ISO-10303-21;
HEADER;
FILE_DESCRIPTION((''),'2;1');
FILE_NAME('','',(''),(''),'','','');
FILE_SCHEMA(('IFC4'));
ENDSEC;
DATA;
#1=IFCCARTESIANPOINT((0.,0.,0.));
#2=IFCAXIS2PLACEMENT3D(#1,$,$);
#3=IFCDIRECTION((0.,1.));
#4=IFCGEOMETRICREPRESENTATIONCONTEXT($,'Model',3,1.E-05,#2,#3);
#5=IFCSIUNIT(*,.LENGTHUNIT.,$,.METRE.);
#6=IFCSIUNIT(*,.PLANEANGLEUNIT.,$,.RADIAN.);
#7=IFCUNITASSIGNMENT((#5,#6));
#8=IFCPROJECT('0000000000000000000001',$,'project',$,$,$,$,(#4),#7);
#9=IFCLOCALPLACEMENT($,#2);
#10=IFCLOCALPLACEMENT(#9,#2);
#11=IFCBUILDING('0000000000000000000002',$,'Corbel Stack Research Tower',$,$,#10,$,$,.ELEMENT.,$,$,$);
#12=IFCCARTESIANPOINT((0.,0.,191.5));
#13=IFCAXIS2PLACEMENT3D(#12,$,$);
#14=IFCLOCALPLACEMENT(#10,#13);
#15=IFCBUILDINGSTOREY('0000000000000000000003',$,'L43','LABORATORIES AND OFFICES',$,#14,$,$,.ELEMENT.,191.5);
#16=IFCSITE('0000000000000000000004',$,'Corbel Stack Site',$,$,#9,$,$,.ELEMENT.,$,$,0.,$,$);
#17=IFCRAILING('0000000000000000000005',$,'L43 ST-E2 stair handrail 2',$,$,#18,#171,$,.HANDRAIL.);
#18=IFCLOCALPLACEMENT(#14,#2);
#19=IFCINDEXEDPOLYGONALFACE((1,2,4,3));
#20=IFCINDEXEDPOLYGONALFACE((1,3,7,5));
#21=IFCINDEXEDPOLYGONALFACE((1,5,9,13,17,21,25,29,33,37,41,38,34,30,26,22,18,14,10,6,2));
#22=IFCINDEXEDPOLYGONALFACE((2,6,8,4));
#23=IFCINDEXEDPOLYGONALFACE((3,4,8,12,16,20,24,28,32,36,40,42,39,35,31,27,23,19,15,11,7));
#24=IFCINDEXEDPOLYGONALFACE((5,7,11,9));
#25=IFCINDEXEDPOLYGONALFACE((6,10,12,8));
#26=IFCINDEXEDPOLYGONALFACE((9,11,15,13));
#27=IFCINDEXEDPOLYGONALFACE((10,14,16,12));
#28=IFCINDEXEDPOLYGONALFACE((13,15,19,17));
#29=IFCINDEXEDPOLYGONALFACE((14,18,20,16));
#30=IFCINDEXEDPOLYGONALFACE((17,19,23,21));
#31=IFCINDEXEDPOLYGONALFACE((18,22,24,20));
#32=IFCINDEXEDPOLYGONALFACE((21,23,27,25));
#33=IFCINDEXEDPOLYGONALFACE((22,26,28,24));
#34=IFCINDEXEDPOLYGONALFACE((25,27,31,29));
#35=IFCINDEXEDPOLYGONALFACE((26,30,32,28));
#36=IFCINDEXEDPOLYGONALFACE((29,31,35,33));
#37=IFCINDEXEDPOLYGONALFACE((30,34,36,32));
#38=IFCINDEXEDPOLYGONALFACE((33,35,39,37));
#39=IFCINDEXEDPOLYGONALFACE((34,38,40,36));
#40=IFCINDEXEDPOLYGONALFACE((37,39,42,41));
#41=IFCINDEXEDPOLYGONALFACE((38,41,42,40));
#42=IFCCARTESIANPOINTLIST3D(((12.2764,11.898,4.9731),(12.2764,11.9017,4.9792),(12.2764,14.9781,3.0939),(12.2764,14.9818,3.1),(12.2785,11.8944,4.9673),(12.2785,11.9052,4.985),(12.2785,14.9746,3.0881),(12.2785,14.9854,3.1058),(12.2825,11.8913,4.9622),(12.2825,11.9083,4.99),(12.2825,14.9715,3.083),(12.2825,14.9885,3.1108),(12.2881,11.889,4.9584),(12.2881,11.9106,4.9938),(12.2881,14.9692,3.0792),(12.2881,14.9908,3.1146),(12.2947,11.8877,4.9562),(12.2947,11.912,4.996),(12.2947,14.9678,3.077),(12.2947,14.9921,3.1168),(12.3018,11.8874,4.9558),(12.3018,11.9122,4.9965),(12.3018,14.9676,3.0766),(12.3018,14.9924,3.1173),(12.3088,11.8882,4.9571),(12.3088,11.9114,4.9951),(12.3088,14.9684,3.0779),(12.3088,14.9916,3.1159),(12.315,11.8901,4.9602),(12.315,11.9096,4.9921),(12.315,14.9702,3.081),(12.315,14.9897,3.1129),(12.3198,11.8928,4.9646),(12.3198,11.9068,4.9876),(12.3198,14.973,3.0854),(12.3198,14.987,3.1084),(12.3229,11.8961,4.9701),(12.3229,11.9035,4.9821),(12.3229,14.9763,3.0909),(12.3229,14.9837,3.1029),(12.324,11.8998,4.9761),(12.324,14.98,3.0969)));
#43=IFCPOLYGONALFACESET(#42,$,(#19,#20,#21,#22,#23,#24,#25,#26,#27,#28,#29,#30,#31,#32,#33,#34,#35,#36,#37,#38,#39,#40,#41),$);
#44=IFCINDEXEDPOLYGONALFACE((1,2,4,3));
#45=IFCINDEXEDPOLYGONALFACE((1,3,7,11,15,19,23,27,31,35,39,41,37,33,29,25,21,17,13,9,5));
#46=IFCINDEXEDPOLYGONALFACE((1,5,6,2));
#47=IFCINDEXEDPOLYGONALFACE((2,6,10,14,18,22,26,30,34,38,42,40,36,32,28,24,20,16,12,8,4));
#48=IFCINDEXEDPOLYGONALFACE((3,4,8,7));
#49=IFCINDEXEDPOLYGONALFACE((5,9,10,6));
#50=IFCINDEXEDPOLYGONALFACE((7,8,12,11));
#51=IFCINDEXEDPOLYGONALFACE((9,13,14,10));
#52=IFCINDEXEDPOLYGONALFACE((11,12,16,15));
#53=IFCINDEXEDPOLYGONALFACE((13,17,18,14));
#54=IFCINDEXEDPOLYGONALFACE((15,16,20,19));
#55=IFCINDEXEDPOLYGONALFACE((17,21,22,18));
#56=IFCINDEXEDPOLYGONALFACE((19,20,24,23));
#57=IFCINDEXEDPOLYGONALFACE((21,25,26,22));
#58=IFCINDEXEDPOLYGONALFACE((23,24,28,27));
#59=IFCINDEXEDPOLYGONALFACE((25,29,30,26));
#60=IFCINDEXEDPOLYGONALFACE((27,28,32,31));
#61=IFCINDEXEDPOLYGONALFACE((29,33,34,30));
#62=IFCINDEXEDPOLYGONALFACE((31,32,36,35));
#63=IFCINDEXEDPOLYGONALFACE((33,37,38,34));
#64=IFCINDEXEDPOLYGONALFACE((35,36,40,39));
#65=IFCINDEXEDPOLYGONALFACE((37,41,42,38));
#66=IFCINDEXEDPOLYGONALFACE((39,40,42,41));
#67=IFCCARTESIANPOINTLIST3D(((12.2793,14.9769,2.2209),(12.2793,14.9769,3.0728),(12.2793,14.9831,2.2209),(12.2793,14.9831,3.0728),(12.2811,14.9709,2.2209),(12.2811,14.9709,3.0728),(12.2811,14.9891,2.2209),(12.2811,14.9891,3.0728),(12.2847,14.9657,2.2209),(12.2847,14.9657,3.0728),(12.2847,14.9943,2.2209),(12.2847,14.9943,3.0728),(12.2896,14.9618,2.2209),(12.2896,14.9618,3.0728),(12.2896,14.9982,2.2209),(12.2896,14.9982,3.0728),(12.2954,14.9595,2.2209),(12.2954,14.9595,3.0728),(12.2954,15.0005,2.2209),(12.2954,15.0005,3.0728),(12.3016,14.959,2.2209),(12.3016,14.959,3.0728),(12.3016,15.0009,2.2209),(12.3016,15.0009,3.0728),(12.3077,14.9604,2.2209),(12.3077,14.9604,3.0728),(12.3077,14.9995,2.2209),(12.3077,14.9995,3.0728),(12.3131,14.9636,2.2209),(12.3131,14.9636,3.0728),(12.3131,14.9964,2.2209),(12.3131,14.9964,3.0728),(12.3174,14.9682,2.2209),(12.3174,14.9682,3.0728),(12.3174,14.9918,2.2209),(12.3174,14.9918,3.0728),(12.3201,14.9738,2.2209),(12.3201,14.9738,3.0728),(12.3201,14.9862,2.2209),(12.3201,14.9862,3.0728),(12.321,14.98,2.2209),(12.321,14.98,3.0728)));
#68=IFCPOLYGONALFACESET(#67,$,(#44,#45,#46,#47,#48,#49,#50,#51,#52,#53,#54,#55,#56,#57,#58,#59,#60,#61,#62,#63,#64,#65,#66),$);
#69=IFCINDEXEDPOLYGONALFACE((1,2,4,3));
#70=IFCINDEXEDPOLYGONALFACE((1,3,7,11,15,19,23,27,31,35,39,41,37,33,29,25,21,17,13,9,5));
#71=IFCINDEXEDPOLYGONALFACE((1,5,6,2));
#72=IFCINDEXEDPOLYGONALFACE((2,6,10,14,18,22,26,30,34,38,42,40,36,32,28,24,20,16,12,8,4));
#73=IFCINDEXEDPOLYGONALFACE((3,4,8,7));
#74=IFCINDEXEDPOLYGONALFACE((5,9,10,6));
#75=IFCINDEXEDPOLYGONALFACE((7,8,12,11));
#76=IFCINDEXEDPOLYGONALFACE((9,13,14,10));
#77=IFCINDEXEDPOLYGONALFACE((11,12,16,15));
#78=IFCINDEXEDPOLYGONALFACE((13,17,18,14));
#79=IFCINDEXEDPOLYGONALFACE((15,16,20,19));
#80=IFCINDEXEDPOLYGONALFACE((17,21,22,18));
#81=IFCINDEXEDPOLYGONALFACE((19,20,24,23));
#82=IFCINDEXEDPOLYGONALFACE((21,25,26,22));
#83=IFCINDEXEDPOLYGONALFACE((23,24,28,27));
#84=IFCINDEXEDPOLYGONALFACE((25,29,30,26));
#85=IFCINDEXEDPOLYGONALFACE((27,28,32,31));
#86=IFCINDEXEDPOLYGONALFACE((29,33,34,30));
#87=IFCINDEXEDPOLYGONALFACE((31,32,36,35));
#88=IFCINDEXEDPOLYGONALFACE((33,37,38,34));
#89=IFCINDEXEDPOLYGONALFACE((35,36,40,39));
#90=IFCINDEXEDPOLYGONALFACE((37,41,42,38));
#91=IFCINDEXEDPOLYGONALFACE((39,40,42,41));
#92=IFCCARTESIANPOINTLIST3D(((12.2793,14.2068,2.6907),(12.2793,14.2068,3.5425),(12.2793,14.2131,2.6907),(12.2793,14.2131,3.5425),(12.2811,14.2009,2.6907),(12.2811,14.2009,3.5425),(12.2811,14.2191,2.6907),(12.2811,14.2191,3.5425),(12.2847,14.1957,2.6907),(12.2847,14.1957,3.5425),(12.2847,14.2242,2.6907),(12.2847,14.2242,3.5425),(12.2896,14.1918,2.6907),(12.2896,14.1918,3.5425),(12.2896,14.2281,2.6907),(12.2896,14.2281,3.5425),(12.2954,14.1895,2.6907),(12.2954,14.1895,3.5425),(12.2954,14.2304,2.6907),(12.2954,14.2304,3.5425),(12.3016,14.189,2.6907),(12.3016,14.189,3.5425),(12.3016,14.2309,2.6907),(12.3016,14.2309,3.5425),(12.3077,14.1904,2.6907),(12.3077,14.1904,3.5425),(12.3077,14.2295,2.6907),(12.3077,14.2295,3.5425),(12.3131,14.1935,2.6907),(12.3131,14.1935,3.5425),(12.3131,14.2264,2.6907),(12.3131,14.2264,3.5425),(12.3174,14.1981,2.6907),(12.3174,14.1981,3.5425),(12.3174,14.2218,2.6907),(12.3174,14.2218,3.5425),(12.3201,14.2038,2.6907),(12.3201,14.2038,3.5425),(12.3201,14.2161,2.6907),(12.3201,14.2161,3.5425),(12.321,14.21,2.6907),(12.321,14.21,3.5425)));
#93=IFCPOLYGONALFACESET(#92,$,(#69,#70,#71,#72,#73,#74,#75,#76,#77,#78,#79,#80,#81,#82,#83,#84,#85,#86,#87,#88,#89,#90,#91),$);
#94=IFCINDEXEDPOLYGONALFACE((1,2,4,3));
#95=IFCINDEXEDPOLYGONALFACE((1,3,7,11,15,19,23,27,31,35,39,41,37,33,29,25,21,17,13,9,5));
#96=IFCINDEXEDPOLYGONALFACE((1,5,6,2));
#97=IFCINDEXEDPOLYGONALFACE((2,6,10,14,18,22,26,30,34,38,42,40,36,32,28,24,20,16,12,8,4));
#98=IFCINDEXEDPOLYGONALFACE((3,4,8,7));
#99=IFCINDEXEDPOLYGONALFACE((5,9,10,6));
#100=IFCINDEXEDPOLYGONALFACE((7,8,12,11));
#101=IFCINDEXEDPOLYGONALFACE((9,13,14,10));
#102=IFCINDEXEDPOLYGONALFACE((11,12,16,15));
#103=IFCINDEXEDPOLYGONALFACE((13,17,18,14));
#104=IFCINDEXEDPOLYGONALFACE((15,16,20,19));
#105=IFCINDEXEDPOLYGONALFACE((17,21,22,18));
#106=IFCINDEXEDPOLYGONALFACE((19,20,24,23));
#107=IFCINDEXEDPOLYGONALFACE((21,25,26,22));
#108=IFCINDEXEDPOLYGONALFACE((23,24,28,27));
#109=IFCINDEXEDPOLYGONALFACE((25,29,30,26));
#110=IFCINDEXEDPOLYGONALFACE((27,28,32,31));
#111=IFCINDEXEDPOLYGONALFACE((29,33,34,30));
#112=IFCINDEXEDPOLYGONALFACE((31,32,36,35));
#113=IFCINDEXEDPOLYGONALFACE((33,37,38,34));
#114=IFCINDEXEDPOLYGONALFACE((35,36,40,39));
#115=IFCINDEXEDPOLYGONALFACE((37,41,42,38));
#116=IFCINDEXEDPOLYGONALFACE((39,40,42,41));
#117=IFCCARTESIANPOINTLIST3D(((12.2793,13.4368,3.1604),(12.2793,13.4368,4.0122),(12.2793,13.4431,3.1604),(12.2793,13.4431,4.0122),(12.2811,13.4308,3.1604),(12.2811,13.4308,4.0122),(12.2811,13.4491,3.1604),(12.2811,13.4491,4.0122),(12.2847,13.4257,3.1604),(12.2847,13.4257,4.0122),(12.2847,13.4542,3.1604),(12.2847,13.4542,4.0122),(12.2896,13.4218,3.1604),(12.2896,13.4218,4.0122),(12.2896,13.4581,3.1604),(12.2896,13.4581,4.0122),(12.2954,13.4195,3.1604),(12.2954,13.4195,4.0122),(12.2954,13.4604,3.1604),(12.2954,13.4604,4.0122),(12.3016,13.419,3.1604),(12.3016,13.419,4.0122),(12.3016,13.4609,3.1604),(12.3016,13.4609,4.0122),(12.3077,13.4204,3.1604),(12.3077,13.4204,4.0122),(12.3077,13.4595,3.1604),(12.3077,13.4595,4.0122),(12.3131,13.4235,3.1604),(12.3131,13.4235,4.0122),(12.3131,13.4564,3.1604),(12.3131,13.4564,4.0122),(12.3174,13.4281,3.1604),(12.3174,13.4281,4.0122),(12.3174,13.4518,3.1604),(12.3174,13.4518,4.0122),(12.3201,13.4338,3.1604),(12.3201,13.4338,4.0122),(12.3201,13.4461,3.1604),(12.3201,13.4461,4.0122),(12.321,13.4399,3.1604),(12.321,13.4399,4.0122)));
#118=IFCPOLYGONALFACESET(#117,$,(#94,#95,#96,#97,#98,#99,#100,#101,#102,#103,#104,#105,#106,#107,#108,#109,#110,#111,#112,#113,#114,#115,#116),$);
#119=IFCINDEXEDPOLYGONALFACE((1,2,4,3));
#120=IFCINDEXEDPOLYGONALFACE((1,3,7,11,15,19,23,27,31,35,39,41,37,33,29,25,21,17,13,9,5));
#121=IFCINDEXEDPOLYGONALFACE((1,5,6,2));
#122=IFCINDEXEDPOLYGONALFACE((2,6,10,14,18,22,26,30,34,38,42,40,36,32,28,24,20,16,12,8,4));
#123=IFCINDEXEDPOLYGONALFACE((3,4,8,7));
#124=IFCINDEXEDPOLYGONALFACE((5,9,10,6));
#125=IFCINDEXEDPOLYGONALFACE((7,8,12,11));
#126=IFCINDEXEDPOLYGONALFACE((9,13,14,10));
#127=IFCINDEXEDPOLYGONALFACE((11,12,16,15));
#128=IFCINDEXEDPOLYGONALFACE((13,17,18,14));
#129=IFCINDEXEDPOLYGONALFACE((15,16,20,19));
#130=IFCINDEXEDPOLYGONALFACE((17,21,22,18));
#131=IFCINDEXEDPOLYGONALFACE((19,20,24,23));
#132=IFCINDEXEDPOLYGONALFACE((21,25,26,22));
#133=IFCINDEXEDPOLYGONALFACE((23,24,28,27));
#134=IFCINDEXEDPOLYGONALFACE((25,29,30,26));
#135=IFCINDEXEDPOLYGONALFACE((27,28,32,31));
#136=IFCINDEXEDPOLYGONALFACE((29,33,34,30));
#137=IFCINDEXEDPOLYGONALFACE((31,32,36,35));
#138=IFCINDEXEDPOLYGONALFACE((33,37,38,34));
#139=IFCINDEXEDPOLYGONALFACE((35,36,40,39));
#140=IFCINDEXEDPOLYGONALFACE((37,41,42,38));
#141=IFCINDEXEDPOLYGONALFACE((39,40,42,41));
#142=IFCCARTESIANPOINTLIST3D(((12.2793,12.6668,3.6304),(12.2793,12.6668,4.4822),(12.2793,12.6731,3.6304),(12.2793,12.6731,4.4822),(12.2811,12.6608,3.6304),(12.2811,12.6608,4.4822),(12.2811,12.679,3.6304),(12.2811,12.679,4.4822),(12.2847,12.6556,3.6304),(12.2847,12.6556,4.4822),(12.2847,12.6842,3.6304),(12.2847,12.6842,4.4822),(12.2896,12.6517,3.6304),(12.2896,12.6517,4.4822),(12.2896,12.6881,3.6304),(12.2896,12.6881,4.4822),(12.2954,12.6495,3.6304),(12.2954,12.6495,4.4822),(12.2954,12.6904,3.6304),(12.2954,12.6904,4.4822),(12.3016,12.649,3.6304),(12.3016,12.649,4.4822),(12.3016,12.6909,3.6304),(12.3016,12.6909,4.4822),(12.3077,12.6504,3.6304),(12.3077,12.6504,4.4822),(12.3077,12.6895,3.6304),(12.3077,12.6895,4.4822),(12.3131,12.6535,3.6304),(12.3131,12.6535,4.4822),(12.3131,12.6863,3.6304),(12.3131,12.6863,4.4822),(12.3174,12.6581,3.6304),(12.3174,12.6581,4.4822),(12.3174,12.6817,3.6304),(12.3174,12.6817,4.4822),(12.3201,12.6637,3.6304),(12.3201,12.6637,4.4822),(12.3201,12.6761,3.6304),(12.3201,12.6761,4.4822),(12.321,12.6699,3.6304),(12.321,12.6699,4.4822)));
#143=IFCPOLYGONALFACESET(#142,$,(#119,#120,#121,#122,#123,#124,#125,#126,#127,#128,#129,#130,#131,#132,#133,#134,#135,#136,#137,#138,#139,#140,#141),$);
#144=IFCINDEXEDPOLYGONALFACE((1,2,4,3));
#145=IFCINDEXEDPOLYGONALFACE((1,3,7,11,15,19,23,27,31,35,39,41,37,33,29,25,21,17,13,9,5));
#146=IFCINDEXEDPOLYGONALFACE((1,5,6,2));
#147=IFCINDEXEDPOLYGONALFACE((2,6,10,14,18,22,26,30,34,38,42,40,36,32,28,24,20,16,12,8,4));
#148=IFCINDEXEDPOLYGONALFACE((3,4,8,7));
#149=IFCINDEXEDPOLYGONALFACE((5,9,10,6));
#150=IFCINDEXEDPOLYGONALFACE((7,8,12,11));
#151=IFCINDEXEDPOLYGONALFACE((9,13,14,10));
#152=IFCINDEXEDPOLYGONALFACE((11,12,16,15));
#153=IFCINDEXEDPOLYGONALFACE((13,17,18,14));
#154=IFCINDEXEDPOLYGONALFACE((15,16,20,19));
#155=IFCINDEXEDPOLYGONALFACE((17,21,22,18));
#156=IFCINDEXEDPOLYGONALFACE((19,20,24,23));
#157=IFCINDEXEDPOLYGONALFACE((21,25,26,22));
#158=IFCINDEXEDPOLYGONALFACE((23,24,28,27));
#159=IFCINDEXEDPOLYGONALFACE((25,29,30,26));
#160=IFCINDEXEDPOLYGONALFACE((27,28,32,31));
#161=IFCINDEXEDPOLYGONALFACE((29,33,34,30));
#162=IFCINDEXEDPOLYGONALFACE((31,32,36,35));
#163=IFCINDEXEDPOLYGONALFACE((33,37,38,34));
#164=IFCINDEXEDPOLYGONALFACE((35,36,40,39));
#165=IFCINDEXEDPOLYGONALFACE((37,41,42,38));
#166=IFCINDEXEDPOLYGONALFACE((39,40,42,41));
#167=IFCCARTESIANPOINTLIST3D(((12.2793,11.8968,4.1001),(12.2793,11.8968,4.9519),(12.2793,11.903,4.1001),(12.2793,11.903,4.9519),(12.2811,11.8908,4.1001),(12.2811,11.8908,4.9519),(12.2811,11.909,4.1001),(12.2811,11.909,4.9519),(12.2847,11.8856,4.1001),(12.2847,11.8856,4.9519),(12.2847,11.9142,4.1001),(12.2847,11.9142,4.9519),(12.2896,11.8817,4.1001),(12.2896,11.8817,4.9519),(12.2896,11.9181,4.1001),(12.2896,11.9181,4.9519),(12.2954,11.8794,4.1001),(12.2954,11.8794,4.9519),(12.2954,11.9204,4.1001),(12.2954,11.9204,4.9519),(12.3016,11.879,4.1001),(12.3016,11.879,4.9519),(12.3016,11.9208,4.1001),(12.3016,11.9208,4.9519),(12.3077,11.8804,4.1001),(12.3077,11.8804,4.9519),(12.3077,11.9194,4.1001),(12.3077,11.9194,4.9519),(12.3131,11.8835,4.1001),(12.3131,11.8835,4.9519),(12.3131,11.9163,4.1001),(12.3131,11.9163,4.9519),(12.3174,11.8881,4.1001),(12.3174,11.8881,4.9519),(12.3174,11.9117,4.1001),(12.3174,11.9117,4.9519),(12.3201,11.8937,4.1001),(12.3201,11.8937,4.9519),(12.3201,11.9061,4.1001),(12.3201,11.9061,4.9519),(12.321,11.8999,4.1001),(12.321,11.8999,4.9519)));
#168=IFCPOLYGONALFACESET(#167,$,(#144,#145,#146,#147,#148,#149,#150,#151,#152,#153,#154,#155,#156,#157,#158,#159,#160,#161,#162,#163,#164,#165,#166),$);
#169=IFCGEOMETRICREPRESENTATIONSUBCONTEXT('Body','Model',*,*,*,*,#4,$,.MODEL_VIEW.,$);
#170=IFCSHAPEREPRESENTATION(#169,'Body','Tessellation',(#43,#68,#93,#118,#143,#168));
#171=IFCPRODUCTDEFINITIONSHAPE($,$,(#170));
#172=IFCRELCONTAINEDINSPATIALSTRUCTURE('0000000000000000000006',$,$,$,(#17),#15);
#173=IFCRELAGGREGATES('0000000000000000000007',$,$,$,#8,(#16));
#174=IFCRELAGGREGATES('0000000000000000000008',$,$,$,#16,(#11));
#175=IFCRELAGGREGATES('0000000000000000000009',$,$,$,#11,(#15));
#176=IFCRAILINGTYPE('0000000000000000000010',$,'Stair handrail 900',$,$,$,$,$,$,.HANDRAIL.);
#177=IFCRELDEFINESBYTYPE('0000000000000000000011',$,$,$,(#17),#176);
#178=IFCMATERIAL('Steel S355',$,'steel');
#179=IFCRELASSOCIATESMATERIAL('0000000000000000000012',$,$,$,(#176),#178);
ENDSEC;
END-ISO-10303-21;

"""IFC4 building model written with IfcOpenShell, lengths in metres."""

from ifc_helpers import new_model, si_unit, direction, frame, origin, origin_2d, place, context, subcontext, project, spatial, circle, extrude, material, type_object, element, save


model = new_model("IFC4")

# Units and contexts
model_context = context("Model", 3, precision=1e-05, world=origin(), true_north=direction((0.0, 1.0)))
body_context = subcontext(model_context, "Body", "Model", "MODEL_VIEW")
ifc_project = project(units=[si_unit("LENGTHUNIT", "METRE"), si_unit("PLANEANGLEUNIT", "RADIAN")], contexts=[model_context])

# Site, building, storey
site_placement = place(None, origin())
site = spatial("IfcSite", under=ifc_project, at=site_placement, Name="Corbel Stack Site", CompositionType="ELEMENT", RefElevation=0.0)
building_placement = place(site_placement, origin())
building = spatial("IfcBuilding", under=site, at=building_placement, Name="Corbel Stack Research Tower", CompositionType="ELEMENT")
storey_placement = place(building_placement, frame((0.0, 0.0, 191.5)))
storey = spatial("IfcBuildingStorey", under=building, at=storey_placement, Name="L43", Description="LABORATORIES AND OFFICES", CompositionType="ELEMENT", Elevation=191.5)

# Railing
ifc_material_1 = material(Name="Steel S355", Category="steel")
railing_type_1 = type_object("IfcRailingType", Name="Stair handrail 900", PredefinedType="HANDRAIL", material=ifc_material_1)
railing_1_placement = place(storey_placement, frame((12.3, 14.98, 2.2209)))
element("IfcRailing", 1, at=railing_1_placement, inside=storey, type_object=railing_type_1, Name="L43 ST-E2 stair handrail 2", PredefinedType="HANDRAIL", context=body_context, shape_type="SweptSolid", body=[
    extrude(circle(Radius=0.0239, at=origin_2d()), frame((0.0, 0.0, 0.876), z_axis=(0.0, -0.853666, 0.52082), x_axis=(1.0, 0.0, 0.0)), (0.0, 0.0, 1.0), 3.6082),
    extrude(circle(Radius=0.021, at=origin_2d()), origin(), (0.0, 0.0, 1.0), 0.8518),
    extrude(circle(Radius=0.021, at=origin_2d()), frame((0.0, -0.77, 0.4697)), (0.0, 0.0, 1.0), 0.8518),
    extrude(circle(Radius=0.021, at=origin_2d()), frame((0.0, -1.54, 0.9395)), (0.0, 0.0, 1.0), 0.8518),
    extrude(circle(Radius=0.021, at=origin_2d()), frame((0.0, -2.3101, 1.4094)), (0.0, 0.0, 1.0), 0.8518),
    extrude(circle(Radius=0.021, at=origin_2d()), frame((0.0, -3.0801, 1.8792)), (0.0, 0.0, 1.0), 0.8518),
])

save(model, "model.ifc")
